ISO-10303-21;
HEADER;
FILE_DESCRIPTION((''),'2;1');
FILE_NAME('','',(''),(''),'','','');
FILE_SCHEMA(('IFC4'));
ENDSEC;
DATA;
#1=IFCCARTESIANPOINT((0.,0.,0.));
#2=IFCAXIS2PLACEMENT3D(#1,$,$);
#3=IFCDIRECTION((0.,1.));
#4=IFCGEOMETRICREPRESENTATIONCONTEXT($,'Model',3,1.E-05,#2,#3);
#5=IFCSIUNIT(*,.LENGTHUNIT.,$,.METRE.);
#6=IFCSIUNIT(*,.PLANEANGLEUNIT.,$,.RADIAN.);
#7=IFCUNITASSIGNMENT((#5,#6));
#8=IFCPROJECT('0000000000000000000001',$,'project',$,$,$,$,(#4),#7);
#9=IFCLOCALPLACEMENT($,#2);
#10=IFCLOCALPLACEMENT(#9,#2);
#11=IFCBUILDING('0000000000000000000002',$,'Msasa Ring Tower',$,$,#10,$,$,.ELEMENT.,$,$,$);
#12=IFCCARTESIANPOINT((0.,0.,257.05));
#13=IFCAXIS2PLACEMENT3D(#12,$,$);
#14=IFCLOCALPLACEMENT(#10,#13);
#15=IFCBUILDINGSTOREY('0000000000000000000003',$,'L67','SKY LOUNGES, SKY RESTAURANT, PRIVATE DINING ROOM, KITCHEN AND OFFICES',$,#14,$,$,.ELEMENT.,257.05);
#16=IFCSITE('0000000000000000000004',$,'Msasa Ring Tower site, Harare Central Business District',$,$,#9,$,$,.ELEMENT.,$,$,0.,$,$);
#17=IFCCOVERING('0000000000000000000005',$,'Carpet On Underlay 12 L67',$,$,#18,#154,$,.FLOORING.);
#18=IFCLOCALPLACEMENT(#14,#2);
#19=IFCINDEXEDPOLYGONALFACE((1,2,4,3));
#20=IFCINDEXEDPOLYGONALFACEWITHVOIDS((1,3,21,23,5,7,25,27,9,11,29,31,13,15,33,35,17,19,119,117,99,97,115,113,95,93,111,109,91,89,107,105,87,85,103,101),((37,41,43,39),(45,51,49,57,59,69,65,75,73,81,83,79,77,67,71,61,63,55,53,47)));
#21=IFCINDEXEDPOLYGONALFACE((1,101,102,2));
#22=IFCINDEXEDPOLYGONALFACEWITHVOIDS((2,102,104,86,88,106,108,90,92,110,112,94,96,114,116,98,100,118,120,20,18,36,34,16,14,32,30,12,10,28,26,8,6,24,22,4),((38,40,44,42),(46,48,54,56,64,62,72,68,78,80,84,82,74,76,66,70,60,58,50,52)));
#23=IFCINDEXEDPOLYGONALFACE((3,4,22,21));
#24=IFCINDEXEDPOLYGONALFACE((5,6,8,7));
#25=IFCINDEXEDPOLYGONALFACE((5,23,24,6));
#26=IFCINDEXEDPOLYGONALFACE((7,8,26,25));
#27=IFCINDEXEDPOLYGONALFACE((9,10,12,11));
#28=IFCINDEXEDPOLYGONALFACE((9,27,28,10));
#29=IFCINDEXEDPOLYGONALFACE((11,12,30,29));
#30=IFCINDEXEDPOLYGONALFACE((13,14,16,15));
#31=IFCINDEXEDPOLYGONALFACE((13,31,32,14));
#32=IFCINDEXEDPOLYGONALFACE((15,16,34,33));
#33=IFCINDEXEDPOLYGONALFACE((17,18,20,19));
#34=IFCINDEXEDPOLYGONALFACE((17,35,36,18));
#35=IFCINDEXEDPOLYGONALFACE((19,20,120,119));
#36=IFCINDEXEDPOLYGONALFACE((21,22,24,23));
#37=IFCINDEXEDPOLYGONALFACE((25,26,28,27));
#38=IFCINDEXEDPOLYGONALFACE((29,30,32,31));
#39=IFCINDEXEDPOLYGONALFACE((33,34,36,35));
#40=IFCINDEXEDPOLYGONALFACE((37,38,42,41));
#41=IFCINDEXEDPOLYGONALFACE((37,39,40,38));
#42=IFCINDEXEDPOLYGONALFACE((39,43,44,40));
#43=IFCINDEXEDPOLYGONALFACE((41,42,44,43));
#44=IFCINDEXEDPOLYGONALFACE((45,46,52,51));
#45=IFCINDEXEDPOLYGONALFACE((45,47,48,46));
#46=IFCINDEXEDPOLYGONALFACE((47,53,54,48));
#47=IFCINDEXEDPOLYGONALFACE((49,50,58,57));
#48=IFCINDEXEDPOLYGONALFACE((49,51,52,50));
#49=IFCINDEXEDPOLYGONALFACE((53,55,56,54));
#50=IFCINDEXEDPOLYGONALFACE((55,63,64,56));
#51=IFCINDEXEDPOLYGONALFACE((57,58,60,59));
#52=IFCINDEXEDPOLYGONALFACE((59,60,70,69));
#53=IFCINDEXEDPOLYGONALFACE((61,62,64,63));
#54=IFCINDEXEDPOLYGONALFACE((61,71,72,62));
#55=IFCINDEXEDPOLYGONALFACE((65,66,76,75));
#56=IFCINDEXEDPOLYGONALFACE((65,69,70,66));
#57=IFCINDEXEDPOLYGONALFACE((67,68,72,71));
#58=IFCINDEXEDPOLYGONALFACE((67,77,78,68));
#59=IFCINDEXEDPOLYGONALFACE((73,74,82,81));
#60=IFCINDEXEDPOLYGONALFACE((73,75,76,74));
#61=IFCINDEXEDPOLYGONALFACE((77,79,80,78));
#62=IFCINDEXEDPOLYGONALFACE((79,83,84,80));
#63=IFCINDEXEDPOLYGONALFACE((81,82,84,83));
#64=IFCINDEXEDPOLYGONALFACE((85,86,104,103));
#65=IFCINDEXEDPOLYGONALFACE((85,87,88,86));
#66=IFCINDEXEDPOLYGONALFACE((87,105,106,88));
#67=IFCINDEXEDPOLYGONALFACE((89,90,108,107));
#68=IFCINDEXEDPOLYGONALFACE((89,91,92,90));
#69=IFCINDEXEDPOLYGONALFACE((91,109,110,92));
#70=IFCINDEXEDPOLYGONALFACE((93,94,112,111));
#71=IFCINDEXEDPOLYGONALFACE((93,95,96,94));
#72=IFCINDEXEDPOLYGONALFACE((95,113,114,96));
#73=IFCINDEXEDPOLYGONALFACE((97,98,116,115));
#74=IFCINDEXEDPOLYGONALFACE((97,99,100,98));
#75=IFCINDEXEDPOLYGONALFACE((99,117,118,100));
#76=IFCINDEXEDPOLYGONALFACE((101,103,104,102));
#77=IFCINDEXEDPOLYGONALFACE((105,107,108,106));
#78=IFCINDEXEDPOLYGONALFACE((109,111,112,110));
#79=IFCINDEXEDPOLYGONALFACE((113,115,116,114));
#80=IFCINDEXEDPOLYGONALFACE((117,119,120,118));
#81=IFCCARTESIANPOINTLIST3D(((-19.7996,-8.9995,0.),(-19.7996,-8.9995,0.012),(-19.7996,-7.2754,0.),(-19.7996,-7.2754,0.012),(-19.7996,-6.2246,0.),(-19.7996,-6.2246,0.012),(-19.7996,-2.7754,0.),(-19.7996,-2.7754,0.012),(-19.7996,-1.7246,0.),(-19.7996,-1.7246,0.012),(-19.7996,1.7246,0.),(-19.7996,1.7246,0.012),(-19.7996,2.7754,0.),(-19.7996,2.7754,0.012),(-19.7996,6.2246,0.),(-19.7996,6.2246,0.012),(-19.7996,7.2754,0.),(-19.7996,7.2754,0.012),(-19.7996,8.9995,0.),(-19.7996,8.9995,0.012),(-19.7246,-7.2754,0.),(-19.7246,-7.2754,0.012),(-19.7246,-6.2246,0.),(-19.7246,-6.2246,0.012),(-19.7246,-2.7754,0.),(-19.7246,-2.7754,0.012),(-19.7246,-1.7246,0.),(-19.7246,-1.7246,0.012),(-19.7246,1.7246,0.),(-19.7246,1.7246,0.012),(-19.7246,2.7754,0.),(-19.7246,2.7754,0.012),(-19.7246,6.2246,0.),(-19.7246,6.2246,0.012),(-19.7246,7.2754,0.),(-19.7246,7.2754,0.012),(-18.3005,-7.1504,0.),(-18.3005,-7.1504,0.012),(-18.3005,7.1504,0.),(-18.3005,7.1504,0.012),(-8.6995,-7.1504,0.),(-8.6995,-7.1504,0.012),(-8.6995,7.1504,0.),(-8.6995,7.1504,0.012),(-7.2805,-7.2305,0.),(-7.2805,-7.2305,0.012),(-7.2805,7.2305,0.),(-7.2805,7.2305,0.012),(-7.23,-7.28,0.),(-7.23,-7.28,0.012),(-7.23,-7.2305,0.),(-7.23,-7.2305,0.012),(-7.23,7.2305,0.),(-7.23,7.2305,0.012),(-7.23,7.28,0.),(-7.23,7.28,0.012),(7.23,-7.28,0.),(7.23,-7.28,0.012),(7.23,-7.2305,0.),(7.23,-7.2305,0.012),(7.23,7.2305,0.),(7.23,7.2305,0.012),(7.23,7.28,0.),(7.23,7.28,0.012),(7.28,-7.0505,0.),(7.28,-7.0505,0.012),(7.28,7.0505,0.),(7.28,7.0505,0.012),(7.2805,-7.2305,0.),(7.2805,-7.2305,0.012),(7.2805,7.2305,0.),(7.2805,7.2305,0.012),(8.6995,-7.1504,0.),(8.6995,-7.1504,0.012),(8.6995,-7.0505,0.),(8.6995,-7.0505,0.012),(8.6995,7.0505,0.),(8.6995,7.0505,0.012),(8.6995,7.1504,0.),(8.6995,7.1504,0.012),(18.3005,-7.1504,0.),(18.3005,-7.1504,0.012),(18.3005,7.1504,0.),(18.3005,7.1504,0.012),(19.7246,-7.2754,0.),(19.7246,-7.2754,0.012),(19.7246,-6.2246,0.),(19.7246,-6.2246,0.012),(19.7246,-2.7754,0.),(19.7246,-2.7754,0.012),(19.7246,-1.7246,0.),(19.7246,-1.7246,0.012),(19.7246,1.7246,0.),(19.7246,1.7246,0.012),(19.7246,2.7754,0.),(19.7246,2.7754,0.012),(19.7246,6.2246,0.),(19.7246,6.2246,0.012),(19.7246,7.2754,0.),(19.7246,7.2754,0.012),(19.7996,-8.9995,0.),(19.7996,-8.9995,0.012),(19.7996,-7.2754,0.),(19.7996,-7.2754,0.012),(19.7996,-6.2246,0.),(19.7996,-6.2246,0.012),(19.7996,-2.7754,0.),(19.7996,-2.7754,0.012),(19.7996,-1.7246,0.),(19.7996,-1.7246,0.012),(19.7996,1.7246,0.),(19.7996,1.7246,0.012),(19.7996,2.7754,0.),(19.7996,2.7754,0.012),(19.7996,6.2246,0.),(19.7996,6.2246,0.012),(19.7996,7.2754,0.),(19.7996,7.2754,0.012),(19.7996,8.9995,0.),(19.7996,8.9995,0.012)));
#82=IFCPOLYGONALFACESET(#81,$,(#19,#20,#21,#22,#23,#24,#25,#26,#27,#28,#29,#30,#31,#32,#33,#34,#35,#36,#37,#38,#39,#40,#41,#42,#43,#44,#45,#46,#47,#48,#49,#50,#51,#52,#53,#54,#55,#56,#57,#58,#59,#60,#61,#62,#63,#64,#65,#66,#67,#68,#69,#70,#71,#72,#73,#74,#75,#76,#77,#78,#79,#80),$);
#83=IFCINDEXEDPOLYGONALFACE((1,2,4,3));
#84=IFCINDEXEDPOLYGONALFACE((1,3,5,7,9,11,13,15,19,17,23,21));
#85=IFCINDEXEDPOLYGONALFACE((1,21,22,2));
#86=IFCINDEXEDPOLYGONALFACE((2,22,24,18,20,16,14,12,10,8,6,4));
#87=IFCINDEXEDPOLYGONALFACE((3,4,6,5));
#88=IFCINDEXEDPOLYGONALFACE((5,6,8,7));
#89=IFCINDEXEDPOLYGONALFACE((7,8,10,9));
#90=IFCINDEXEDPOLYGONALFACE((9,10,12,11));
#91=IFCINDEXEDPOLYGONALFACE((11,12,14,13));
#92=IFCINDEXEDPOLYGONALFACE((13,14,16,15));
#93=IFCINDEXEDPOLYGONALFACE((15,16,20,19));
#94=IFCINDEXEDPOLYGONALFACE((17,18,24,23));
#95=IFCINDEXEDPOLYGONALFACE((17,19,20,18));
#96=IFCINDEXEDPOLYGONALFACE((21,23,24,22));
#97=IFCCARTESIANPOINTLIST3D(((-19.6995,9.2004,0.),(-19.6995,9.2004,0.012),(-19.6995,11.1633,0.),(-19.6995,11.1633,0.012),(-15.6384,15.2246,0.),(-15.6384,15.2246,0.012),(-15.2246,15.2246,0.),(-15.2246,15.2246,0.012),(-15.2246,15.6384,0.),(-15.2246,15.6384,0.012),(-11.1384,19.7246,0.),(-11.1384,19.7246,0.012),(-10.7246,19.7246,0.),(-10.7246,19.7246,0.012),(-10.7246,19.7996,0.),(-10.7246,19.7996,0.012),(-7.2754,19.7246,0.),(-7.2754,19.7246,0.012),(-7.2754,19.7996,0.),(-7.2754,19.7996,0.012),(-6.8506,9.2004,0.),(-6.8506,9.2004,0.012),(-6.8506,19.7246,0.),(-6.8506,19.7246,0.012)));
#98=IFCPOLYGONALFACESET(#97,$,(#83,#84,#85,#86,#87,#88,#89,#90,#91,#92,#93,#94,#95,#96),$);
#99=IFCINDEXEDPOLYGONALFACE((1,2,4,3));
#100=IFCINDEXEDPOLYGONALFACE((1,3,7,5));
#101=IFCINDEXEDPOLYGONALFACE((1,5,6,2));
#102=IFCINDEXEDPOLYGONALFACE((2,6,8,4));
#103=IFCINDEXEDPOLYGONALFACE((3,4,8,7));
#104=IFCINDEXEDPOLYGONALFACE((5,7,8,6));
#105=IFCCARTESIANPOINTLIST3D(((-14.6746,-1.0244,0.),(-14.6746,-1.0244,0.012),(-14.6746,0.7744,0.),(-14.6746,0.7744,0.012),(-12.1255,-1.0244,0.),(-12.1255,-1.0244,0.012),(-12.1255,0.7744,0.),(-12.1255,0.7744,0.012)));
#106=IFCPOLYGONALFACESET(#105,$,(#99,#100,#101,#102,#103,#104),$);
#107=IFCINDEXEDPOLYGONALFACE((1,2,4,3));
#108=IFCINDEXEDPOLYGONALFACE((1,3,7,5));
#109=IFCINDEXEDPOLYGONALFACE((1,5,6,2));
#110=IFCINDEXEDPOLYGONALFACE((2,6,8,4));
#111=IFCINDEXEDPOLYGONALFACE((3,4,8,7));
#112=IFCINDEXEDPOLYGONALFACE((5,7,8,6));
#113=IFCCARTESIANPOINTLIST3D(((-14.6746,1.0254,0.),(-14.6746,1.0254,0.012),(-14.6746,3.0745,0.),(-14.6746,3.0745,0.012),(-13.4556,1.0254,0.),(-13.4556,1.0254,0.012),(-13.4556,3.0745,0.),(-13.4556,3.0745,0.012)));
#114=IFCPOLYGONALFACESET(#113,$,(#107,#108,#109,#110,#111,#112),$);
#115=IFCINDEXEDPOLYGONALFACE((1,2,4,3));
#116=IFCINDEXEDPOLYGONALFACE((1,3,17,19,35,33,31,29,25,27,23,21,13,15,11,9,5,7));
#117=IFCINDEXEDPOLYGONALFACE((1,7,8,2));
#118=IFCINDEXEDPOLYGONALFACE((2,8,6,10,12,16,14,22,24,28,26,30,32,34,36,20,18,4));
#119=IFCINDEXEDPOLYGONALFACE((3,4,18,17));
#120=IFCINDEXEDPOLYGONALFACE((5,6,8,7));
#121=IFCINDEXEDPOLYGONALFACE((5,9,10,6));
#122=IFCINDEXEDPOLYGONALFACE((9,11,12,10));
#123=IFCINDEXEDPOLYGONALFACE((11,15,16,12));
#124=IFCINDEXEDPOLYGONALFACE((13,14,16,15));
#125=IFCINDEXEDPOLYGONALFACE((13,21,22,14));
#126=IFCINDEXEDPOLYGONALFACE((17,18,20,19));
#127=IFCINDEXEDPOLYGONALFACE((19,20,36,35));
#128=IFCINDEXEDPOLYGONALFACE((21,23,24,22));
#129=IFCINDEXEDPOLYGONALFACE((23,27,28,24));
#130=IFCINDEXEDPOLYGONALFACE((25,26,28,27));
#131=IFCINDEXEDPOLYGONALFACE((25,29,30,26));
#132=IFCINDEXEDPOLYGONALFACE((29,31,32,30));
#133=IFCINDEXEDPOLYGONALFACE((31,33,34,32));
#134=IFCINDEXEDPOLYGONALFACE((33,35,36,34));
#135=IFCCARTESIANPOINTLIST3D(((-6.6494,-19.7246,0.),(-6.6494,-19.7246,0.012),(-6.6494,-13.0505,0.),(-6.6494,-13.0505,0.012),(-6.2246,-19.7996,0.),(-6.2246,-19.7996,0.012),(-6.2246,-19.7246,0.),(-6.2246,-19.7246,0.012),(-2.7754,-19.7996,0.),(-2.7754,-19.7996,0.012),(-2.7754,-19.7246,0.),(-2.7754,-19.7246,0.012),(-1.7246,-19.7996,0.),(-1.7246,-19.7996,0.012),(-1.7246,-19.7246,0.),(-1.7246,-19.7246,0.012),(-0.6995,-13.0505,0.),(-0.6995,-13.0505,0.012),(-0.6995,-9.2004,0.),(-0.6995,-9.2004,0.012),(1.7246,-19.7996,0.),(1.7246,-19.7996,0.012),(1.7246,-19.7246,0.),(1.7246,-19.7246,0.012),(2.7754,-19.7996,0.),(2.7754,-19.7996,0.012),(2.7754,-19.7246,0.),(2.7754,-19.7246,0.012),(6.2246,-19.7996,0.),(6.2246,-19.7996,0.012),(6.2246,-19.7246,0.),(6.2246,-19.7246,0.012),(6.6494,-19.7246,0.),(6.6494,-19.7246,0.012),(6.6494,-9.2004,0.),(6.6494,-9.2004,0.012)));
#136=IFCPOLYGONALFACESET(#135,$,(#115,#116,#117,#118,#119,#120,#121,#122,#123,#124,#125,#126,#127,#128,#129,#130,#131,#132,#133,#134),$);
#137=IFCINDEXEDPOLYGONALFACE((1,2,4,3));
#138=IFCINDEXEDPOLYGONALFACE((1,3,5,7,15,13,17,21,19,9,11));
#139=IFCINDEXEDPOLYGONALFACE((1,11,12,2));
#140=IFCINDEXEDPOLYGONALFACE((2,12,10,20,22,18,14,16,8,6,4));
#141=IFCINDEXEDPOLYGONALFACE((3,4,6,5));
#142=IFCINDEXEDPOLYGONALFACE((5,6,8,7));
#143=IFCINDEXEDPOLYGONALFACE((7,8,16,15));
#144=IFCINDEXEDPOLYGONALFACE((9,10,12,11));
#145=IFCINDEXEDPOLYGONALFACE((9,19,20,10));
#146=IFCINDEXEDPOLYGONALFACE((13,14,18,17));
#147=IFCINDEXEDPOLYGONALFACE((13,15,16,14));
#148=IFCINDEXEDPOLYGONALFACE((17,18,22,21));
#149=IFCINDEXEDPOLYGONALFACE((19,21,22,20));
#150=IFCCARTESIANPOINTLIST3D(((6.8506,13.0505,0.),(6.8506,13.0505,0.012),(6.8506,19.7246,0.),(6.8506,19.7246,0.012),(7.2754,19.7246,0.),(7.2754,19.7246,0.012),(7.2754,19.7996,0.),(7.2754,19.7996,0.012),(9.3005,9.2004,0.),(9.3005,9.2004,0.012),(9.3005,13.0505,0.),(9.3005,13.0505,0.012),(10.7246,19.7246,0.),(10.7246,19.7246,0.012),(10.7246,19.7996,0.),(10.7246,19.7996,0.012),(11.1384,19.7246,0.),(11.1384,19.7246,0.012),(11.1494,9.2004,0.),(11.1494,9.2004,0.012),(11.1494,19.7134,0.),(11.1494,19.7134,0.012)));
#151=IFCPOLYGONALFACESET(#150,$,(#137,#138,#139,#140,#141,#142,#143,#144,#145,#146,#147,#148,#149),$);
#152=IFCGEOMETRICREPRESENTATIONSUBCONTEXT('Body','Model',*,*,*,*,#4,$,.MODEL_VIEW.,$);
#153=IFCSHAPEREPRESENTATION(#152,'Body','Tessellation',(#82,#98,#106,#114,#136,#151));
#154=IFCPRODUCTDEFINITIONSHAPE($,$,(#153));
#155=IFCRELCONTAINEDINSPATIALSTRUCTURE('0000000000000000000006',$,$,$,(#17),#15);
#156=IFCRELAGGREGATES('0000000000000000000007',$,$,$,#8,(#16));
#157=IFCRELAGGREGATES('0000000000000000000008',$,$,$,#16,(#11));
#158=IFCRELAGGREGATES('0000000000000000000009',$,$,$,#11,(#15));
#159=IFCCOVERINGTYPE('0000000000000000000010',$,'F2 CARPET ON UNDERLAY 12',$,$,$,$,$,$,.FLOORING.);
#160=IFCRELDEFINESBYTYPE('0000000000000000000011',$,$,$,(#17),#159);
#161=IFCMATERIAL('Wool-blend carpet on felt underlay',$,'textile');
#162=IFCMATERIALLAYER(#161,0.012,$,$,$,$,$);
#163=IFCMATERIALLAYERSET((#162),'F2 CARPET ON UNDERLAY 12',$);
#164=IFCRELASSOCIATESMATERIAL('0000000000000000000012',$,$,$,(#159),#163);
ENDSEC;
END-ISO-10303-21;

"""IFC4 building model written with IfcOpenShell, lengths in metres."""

from ifc_helpers import new_model, si_unit, direction, frame, origin, place, context, subcontext, project, spatial, line, indexed_curve, outline, extrude, material, layer, layer_set, type_object, element, save


model = new_model("IFC4")

# Units and contexts
model_context = context("Model", 3, precision=1e-05, world=origin(), true_north=direction((0.0, 1.0)))
body_context = subcontext(model_context, "Body", "Model", "MODEL_VIEW")
ifc_project = project(units=[si_unit("LENGTHUNIT", "METRE"), si_unit("PLANEANGLEUNIT", "RADIAN")], contexts=[model_context])

# Site, building, storey
site_placement = place(None, origin())
site = spatial("IfcSite", under=ifc_project, at=site_placement, Name="Msasa Ring Tower site, Harare Central Business District", CompositionType="ELEMENT", RefElevation=0.0)
building_placement = place(site_placement, origin())
building = spatial("IfcBuilding", under=site, at=building_placement, Name="Msasa Ring Tower", CompositionType="ELEMENT")
storey_placement = place(building_placement, frame((0.0, 0.0, 257.05)))
storey = spatial("IfcBuildingStorey", under=building, at=storey_placement, Name="L67", Description="SKY LOUNGES, SKY RESTAURANT, PRIVATE DINING ROOM, KITCHEN AND OFFICES", CompositionType="ELEMENT", Elevation=257.05)

# Covering
ifc_material_1 = material(Name="Wool-blend carpet on felt underlay", Category="textile")
ifc_layer_1 = layer(ifc_material_1, 0.012)
ifc_layer_set_1 = layer_set([ifc_layer_1], Name="F2 CARPET ON UNDERLAY 12")
covering_type_1 = type_object("IfcCoveringType", Name="F2 CARPET ON UNDERLAY 12", PredefinedType="FLOORING", material=ifc_layer_set_1)
covering_1_placement = place(storey_placement, origin())
element("IfcCovering", 1, at=covering_1_placement, inside=storey, type_object=covering_type_1, Name="Carpet On Underlay 12 L67", PredefinedType="FLOORING", context=body_context, shape_type="SweptSolid", body=[
    extrude(outline(indexed_curve([(19.7996, 7.2754), (19.7246, 7.2754), (19.7246, 6.2246), (19.7996, 6.2246), (19.7996, 2.7754), (19.7246, 2.7754), (19.7246, 1.7246), (19.7996, 1.7246), (19.7996, -1.7246), (19.7246, -1.7246), (19.7246, -2.7754), (19.7996, -2.7754), (19.7996, -6.2246), (19.7246, -6.2246), (19.7246, -7.2754), (19.7996, -7.2754), (19.7996, -8.9995), (-19.7996, -8.9995), (-19.7996, -7.2754), (-19.7246, -7.2754), (-19.7246, -6.2246), (-19.7996, -6.2246), (-19.7996, -2.7754), (-19.7246, -2.7754), (-19.7246, -1.7246), (-19.7996, -1.7246), (-19.7996, 1.7246), (-19.7246, 1.7246), (-19.7246, 2.7754), (-19.7996, 2.7754), (-19.7996, 6.2246), (-19.7246, 6.2246), (-19.7246, 7.2754), (-19.7996, 7.2754), (-19.7996, 8.9995), (19.7996, 8.9995)], segments=[line(1, 2, 3, 4, 5, 6, 7, 8, 9, 10, 11, 12, 13, 14, 15, 16, 17, 18, 19, 20, 21, 22, 23, 24, 25, 26, 27, 28, 29, 30, 31, 32, 33, 34, 35, 36, 1)], self_intersect=False), holes=[indexed_curve([(8.6995, -7.1504), (18.3005, -7.1504), (18.3005, 7.1504), (8.6995, 7.1504), (8.6995, 7.0505), (7.28, 7.0505), (7.2805, 7.2305), (7.23, 7.2305), (7.23, 7.28), (-7.23, 7.28), (-7.23, 7.2305), (-7.2805, 7.2305), (-7.2805, -7.2305), (-7.23, -7.2305), (-7.23, -7.28), (7.23, -7.28), (7.23, -7.2305), (7.2805, -7.2305), (7.28, -7.0505), (8.6995, -7.0505)], segments=[line(1, 2, 3, 4, 5, 6, 7, 8, 9, 10, 11, 12, 13, 14, 15, 16, 17, 18, 19, 20, 1)], self_intersect=False), indexed_curve([(-8.6995, 7.1504), (-18.3005, 7.1504), (-18.3005, -7.1504), (-8.6995, -7.1504)], segments=[line(1, 2, 3, 4, 1)], self_intersect=False)]), origin(), (0.0, 0.0, 1.0), 0.012),
    extrude(outline(indexed_curve([(-19.6995, 9.2004), (-19.6995, 11.1633), (-15.6384, 15.2246), (-15.2246, 15.2246), (-15.2246, 15.6384), (-11.1384, 19.7246), (-10.7246, 19.7246), (-10.7246, 19.7996), (-7.2754, 19.7996), (-7.2754, 19.7246), (-6.8506, 19.7246), (-6.8506, 9.2004)], segments=[line(1, 2, 3, 4, 5, 6, 7, 8, 9, 10, 11, 12, 1)], self_intersect=False)), origin(), (0.0, 0.0, 1.0), 0.012),
    extrude(outline(indexed_curve([(-14.6746, 0.7744), (-12.1255, 0.7744), (-12.1255, -1.0244), (-14.6746, -1.0244)], segments=[line(1, 2, 3, 4, 1)], self_intersect=False)), origin(), (0.0, 0.0, 1.0), 0.012),
    extrude(outline(indexed_curve([(-14.6746, 3.0745), (-13.4556, 3.0745), (-13.4556, 1.0254), (-14.6746, 1.0254)], segments=[line(1, 2, 3, 4, 1)], self_intersect=False)), origin(), (0.0, 0.0, 1.0), 0.012),
    extrude(outline(indexed_curve([(-0.6995, -13.0505), (-0.6995, -9.2004), (6.6494, -9.2004), (6.6494, -19.7246), (6.2246, -19.7246), (6.2246, -19.7996), (2.7754, -19.7996), (2.7754, -19.7246), (1.7246, -19.7246), (1.7246, -19.7996), (-1.7246, -19.7996), (-1.7246, -19.7246), (-2.7754, -19.7246), (-2.7754, -19.7996), (-6.2246, -19.7996), (-6.2246, -19.7246), (-6.6494, -19.7246), (-6.6494, -13.0505)], segments=[line(1, 2, 3, 4, 5, 6, 7, 8, 9, 10, 11, 12, 13, 14, 15, 16, 17, 18, 1)], self_intersect=False)), origin(), (0.0, 0.0, 1.0), 0.012),
    extrude(outline(indexed_curve([(10.7246, 19.7996), (10.7246, 19.7246), (11.1384, 19.7246), (11.1494, 19.7134), (11.1494, 9.2004), (9.3005, 9.2004), (9.3005, 13.0505), (6.8506, 13.0505), (6.8506, 19.7246), (7.2754, 19.7246), (7.2754, 19.7996)], segments=[line(1, 2, 3, 4, 5, 6, 7, 8, 9, 10, 11, 1)], self_intersect=False)), origin(), (0.0, 0.0, 1.0), 0.012),
])

save(model, "model.ifc")
